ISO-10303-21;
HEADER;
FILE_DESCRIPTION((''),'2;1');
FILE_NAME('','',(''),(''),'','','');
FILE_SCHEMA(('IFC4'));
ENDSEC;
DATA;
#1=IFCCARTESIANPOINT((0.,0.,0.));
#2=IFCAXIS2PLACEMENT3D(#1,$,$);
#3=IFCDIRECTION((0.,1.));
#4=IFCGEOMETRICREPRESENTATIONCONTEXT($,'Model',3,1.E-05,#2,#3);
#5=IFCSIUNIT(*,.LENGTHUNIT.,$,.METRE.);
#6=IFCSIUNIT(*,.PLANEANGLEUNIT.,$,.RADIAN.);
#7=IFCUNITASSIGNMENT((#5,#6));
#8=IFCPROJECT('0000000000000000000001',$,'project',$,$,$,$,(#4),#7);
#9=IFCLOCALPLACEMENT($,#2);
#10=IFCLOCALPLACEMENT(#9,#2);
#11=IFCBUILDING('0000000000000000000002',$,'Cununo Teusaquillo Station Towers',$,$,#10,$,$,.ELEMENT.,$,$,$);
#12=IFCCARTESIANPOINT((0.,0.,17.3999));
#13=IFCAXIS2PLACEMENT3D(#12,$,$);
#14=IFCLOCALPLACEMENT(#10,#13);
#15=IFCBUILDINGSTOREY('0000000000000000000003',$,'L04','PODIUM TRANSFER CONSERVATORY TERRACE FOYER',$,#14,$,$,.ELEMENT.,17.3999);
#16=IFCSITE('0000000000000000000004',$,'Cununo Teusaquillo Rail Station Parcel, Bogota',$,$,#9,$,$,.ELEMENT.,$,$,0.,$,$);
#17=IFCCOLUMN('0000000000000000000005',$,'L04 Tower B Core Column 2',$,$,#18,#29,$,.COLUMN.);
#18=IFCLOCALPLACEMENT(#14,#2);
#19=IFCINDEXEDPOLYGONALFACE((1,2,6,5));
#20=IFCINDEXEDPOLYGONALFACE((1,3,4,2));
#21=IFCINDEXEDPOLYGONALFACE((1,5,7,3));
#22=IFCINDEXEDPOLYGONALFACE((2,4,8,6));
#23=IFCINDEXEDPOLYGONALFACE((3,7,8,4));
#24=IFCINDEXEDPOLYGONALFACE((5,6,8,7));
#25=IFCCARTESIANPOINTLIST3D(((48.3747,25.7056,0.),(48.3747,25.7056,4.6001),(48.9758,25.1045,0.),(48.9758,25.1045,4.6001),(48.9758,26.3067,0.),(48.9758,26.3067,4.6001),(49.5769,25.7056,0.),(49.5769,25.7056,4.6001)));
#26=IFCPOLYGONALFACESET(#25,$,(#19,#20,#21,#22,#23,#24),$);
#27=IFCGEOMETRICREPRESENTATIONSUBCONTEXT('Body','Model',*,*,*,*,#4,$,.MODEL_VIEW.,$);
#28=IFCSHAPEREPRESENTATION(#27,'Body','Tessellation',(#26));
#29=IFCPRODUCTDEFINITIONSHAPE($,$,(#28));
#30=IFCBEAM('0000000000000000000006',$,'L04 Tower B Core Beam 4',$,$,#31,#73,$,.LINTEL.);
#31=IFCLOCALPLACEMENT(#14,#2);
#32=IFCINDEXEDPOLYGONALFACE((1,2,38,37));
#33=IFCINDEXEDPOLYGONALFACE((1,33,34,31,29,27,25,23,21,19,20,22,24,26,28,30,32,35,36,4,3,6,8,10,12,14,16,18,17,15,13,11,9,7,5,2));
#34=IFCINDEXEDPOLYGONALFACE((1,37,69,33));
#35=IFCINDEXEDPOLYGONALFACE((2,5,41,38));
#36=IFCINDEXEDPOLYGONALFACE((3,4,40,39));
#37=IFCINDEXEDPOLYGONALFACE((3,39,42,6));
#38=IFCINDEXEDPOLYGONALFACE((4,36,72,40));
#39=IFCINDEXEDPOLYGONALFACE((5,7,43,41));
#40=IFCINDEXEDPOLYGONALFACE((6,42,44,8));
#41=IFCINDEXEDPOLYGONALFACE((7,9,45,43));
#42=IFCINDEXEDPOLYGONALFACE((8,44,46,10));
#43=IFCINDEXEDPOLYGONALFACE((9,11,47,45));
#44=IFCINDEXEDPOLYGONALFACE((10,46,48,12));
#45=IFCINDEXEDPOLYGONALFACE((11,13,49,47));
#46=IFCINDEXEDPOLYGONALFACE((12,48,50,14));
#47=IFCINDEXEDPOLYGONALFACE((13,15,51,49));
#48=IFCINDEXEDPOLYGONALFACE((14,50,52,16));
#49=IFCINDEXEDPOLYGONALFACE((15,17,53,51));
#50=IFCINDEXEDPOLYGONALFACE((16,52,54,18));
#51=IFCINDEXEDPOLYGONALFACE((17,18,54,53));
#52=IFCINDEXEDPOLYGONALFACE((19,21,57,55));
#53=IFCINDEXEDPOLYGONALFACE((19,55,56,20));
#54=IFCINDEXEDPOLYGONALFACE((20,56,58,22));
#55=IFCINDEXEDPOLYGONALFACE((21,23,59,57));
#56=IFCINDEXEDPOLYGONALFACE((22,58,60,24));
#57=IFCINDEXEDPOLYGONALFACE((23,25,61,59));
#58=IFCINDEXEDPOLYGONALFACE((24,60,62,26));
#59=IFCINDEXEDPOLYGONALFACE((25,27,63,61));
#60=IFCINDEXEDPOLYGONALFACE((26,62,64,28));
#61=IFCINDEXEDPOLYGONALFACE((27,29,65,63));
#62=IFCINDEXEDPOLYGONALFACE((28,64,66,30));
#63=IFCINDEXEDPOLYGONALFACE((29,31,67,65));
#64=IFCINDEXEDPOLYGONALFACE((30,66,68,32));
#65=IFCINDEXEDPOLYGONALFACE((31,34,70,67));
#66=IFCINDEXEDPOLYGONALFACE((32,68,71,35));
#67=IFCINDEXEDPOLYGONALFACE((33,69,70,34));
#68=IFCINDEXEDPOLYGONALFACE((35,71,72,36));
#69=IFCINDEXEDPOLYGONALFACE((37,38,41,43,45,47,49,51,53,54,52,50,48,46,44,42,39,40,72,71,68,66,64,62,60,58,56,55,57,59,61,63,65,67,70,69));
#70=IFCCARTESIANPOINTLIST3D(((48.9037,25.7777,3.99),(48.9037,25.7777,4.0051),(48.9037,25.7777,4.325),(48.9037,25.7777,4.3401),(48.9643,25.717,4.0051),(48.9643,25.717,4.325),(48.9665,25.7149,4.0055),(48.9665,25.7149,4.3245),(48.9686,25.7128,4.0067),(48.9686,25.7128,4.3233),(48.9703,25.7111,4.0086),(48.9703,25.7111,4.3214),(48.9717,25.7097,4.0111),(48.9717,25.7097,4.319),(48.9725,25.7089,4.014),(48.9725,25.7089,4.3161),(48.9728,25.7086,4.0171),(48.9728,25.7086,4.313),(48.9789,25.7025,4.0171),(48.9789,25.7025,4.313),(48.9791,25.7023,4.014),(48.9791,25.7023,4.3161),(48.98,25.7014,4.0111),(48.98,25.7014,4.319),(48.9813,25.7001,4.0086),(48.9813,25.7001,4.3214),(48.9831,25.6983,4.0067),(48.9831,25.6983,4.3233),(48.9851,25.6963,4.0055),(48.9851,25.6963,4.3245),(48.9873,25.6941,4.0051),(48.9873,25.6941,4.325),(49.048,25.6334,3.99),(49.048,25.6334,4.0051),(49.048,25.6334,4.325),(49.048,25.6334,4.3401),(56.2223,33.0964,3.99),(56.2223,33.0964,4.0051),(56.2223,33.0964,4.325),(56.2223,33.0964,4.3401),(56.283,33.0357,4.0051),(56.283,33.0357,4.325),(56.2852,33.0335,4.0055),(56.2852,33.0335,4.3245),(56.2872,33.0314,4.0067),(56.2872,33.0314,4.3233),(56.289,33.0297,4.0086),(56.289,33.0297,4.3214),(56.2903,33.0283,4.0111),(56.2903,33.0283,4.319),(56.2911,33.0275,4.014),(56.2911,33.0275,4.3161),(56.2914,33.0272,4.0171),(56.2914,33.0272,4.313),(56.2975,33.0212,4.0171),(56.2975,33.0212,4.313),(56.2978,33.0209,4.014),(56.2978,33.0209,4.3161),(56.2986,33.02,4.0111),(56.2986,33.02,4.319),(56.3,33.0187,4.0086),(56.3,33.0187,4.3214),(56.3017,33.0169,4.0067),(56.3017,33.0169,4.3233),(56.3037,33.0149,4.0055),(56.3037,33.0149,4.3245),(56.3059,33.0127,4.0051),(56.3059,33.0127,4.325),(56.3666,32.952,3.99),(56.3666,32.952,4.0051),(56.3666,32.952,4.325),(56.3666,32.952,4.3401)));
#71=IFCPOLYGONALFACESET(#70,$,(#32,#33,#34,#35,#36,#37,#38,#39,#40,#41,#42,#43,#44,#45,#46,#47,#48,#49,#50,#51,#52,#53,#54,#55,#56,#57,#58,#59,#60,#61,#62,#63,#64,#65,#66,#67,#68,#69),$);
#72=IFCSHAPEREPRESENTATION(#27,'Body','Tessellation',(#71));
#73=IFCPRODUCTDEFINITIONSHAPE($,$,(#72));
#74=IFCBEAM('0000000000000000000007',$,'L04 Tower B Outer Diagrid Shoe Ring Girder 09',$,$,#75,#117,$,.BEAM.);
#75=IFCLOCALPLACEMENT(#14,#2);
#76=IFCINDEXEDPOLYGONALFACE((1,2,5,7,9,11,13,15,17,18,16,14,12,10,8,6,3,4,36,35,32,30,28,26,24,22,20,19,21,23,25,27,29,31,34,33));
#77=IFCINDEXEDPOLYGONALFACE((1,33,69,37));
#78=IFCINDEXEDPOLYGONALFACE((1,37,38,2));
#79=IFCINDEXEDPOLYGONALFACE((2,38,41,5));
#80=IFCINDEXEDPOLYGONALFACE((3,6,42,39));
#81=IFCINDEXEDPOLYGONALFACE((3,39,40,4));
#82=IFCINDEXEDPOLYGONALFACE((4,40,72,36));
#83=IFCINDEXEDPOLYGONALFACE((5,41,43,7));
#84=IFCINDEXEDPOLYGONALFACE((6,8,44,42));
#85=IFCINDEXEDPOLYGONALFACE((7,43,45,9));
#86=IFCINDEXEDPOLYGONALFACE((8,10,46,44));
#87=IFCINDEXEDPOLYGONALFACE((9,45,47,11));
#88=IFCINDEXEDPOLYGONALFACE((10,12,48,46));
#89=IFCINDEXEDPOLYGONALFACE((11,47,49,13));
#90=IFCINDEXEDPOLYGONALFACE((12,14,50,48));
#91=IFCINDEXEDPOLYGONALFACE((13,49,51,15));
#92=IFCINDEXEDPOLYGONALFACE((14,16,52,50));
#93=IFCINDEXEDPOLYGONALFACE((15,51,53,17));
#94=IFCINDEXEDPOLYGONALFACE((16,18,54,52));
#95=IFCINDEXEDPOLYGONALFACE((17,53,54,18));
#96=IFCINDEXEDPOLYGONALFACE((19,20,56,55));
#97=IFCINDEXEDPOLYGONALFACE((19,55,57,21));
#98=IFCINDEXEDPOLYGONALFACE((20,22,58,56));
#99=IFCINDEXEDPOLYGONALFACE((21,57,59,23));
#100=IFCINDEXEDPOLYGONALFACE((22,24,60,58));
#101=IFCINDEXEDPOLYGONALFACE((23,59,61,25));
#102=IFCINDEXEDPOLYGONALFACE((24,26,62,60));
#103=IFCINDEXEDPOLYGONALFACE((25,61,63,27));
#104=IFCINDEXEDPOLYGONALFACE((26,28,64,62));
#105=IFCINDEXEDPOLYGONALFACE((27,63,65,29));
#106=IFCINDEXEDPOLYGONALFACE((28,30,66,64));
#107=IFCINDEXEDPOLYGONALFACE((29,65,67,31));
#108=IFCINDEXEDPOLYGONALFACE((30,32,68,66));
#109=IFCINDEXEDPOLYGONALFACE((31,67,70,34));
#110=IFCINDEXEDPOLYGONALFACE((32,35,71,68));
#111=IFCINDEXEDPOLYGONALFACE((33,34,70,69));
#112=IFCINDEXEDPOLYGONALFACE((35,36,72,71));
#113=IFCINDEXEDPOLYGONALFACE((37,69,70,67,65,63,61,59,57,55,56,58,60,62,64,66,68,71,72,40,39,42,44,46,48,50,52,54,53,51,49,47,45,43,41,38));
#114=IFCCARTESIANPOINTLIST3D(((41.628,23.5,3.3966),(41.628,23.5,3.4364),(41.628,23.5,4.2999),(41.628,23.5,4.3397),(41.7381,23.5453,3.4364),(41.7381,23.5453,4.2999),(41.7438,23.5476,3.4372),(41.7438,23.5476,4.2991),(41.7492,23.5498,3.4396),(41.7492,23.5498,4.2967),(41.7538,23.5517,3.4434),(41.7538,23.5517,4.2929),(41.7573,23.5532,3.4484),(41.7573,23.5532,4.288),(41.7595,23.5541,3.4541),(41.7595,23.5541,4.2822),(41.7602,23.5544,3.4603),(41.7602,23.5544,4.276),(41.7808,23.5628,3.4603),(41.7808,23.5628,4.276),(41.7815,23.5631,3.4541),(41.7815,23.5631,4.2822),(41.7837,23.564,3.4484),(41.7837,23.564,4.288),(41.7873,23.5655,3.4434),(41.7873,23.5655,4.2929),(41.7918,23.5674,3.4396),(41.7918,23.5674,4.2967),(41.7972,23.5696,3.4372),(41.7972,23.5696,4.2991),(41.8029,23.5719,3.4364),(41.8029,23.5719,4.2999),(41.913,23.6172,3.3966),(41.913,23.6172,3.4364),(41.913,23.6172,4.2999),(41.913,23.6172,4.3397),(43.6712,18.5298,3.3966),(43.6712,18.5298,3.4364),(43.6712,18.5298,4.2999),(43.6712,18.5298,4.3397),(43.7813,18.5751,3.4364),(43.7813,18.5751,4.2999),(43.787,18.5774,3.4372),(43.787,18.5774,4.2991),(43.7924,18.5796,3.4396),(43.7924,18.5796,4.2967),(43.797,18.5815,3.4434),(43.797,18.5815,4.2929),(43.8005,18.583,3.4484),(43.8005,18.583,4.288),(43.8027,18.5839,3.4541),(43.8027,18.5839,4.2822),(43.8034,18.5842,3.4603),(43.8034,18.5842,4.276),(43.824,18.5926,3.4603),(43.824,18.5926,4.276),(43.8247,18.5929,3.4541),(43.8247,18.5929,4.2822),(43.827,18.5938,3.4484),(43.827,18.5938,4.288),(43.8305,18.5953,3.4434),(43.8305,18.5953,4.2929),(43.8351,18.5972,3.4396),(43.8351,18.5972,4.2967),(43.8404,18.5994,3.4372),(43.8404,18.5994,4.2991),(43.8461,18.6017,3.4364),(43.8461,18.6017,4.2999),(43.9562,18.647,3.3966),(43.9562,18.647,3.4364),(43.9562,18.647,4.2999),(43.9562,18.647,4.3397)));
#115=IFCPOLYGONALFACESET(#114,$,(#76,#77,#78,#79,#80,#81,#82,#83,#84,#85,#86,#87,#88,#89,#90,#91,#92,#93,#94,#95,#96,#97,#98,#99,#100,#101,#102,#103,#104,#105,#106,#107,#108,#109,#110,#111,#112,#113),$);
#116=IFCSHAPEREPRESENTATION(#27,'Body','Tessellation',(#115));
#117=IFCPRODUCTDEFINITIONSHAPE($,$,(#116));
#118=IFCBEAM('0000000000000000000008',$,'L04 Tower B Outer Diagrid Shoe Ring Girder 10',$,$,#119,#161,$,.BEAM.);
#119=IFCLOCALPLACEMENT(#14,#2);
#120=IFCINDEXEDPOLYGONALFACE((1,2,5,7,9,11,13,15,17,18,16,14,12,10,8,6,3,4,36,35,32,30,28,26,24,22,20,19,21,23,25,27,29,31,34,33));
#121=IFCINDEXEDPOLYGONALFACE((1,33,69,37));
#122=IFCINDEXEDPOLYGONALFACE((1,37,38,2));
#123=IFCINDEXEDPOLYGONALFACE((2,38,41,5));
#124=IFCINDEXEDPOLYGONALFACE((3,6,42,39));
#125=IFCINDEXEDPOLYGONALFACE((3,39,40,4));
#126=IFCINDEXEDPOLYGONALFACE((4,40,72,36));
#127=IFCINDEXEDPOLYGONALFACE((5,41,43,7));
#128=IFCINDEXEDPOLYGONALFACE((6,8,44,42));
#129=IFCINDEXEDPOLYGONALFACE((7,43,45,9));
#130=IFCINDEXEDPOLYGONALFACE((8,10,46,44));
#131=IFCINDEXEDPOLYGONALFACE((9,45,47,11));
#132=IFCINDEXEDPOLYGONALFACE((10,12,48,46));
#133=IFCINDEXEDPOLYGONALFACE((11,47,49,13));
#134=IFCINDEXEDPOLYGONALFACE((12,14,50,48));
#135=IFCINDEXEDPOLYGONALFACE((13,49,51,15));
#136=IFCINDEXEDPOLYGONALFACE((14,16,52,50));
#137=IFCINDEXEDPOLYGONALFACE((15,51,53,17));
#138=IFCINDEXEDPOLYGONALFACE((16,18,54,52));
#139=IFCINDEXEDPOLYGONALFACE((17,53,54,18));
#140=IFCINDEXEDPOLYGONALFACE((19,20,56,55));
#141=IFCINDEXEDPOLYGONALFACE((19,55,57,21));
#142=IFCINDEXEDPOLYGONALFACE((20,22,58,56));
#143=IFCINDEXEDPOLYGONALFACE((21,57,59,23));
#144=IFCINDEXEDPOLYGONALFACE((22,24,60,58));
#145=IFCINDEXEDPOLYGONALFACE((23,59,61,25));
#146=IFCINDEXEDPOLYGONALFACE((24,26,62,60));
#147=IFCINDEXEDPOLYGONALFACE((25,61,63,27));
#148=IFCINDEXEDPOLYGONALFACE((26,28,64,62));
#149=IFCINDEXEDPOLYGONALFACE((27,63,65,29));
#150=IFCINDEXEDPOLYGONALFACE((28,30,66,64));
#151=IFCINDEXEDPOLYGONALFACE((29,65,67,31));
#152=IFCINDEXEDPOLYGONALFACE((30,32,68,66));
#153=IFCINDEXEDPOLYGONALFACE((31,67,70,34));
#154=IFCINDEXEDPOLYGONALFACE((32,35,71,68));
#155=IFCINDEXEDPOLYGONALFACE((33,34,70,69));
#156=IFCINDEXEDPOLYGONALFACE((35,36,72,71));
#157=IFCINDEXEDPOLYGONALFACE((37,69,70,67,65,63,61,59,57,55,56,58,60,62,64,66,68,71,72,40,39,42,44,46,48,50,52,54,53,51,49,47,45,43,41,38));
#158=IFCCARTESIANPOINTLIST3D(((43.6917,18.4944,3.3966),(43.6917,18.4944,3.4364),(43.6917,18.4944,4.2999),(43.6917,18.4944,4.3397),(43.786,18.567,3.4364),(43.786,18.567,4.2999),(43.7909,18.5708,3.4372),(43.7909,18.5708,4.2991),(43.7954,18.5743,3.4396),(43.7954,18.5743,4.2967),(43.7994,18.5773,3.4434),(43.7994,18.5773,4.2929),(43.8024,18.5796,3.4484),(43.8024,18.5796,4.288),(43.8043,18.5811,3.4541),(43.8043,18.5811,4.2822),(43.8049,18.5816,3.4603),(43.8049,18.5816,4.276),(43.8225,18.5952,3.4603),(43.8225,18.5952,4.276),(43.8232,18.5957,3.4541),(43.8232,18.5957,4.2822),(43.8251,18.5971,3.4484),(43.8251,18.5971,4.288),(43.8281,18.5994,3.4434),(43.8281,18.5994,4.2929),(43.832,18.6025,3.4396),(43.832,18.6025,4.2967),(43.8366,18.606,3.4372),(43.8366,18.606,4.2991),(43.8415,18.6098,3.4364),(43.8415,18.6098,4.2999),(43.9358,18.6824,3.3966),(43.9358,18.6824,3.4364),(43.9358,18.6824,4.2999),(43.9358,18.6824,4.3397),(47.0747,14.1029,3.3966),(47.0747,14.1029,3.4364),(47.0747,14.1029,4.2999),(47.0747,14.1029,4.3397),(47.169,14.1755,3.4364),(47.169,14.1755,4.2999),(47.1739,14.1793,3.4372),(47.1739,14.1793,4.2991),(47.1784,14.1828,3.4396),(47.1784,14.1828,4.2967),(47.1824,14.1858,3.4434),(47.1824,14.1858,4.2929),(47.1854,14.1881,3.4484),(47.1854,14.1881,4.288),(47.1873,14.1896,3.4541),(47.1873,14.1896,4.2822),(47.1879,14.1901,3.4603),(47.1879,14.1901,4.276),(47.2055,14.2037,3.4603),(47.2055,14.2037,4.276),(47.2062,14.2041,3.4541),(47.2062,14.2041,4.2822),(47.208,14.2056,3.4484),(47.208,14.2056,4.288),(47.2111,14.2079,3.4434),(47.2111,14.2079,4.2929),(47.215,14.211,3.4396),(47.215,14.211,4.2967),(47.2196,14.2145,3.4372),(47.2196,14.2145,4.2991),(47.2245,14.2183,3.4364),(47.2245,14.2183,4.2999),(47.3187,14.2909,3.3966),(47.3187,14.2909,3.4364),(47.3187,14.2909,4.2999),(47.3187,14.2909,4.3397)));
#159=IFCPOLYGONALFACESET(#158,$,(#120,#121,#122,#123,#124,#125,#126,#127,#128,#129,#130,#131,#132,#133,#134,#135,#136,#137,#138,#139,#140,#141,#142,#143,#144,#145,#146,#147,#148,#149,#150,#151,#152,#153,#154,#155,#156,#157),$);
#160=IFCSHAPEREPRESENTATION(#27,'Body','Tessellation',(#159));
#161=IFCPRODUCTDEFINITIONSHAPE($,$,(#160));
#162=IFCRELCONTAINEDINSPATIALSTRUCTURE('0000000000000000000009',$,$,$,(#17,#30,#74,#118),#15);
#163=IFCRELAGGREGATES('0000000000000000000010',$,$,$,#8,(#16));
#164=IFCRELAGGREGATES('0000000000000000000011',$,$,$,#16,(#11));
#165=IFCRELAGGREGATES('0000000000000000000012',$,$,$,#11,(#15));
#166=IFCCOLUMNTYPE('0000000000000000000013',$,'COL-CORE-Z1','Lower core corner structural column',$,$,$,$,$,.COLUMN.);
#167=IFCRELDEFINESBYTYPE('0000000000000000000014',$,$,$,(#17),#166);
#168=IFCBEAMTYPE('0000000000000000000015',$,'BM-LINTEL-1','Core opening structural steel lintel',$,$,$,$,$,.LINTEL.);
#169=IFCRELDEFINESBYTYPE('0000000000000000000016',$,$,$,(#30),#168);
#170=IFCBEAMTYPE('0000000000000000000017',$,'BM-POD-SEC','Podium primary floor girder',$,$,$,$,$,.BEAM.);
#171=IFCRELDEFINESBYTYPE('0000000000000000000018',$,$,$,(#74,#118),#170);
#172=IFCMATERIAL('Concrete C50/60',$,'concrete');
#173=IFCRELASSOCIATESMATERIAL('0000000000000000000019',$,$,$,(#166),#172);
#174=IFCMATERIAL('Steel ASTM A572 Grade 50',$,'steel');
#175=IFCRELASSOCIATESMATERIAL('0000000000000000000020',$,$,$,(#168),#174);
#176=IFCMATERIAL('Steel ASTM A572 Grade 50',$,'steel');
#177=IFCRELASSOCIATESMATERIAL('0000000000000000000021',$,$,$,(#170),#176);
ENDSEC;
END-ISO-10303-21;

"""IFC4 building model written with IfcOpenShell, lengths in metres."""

from ifc_helpers import new_model, si_unit, direction, frame, origin, origin_2d, place, context, subcontext, project, spatial, rectangle, i_section, extrude, material, material_profile, profile_set, type_object, element, save


model = new_model("IFC4")

# Units and contexts
model_context = context("Model", 3, precision=1e-05, world=origin(), true_north=direction((0.0, 1.0)))
body_context = subcontext(model_context, "Body", "Model", "MODEL_VIEW")
ifc_project = project(units=[si_unit("LENGTHUNIT", "METRE"), si_unit("PLANEANGLEUNIT", "RADIAN")], contexts=[model_context])

# Site, building, storey
site_placement = place(None, origin())
site = spatial("IfcSite", under=ifc_project, at=site_placement, Name="Cununo Teusaquillo Rail Station Parcel, Bogota", CompositionType="ELEMENT", RefElevation=0.0)
building_placement = place(site_placement, origin())
building = spatial("IfcBuilding", under=site, at=building_placement, Name="Cununo Teusaquillo Station Towers", CompositionType="ELEMENT")
storey_placement = place(building_placement, frame((0.0, 0.0, 17.3999)))
storey = spatial("IfcBuildingStorey", under=building, at=storey_placement, Name="L04", Description="PODIUM TRANSFER CONSERVATORY TERRACE FOYER", CompositionType="ELEMENT", Elevation=17.3999)

# Column
ifc_material_1 = material(Name="Concrete C50/60", Category="concrete")
ifc_material_profile_1 = material_profile(ifc_material_1, rectangle(XDim=0.8501, YDim=0.8501, at=origin_2d()), Name="RC-RECT-850x850")
ifc_profile_set_1 = profile_set([ifc_material_profile_1], Name="Concrete C50/60")
column_type = type_object("IfcColumnType", Name="COL-CORE-Z1", Description="Lower core corner structural column", PredefinedType="COLUMN", material=ifc_profile_set_1)
column_placement = place(storey_placement, frame((48.9758, 25.7056, 0.0), z_axis=(0.0, 0.0, 1.0), x_axis=(0.707107, 0.707107, 0.0)))
element("IfcColumn", 1, at=column_placement, inside=storey, type_object=column_type, Name="L04 Tower B Core Column 2", PredefinedType="COLUMN", context=body_context, shape_type="SweptSolid", body=[
    extrude(rectangle(XDim=0.8501, YDim=0.8501, at=origin_2d()), origin(), (0.0, 0.0, 1.0), 4.6001),
])

# Beams
ifc_material_2 = material(Name="Steel ASTM A572 Grade 50", Category="steel")
ifc_material_profile_2 = material_profile(ifc_material_2, i_section(OverallWidth=0.2041, OverallDepth=0.3501, WebThickness=0.0085, FlangeThickness=0.0151, FilletRadius=0.012, at=origin_2d()), Name="W14X48")
ifc_profile_set_2 = profile_set([ifc_material_profile_2], Name="Steel ASTM A572 Grade 50")
beam_type_1 = type_object("IfcBeamType", Name="BM-LINTEL-1", Description="Core opening structural steel lintel", PredefinedType="LINTEL", material=ifc_profile_set_2)
beam_1_placement = place(storey_placement, frame((48.9758, 25.7056, 4.165), z_axis=(0.707107, 0.707107, 0.0), x_axis=(-0.707107, 0.707107, 0.0)))
element("IfcBeam", 2, at=beam_1_placement, inside=storey, type_object=beam_type_1, Name="L04 Tower B Core Beam 4", PredefinedType="LINTEL", context=body_context, shape_type="SweptSolid", body=[
    extrude(i_section(OverallWidth=0.2041, OverallDepth=0.3501, WebThickness=0.0085, FlangeThickness=0.0151, FilletRadius=0.012, at=origin_2d()), origin(), (0.0, 0.0, 1.0), 10.3501),
])
ifc_material_3 = material(Name="Steel ASTM A572 Grade 50", Category="steel")
ifc_material_profile_3 = material_profile(ifc_material_3, i_section(OverallWidth=0.3081, OverallDepth=0.9431, WebThickness=0.0222, FlangeThickness=0.0398, FilletRadius=0.0239, at=origin_2d()), Name="W36X232")
ifc_profile_set_3 = profile_set([ifc_material_profile_3], Name="Steel ASTM A572 Grade 50")
beam_type_2 = type_object("IfcBeamType", Name="BM-POD-SEC", Description="Podium primary floor girder", PredefinedType="BEAM", material=ifc_profile_set_3)
beam_2_placement = place(storey_placement, frame((41.7705, 23.5586, 3.8682), z_axis=(0.380217, -0.924897, 0.0), x_axis=(0.924897, 0.380217, 0.0)))
element("IfcBeam", 3, at=beam_2_placement, inside=storey, type_object=beam_type_2, Name="L04 Tower B Outer Diagrid Shoe Ring Girder 09", PredefinedType="BEAM", context=body_context, shape_type="SweptSolid", body=[
    extrude(i_section(OverallWidth=0.3081, OverallDepth=0.9431, WebThickness=0.0222, FlangeThickness=0.0398, FilletRadius=0.0239, at=origin_2d()), origin(), (0.0, 0.0, 1.0), 5.3738),
])
beam_3_placement = place(storey_placement, frame((43.8137, 18.5884, 3.8682), z_axis=(0.610266, -0.792196, 0.0), x_axis=(0.792196, 0.610266, 0.0)))
element("IfcBeam", 4, at=beam_3_placement, inside=storey, type_object=beam_type_2, Name="L04 Tower B Outer Diagrid Shoe Ring Girder 10", PredefinedType="BEAM", context=body_context, shape_type="SweptSolid", body=[
    extrude(i_section(OverallWidth=0.3081, OverallDepth=0.9431, WebThickness=0.0222, FlangeThickness=0.0398, FilletRadius=0.0239, at=origin_2d()), origin(), (0.0, 0.0, 1.0), 5.5435),
])

save(model, "model.ifc")
